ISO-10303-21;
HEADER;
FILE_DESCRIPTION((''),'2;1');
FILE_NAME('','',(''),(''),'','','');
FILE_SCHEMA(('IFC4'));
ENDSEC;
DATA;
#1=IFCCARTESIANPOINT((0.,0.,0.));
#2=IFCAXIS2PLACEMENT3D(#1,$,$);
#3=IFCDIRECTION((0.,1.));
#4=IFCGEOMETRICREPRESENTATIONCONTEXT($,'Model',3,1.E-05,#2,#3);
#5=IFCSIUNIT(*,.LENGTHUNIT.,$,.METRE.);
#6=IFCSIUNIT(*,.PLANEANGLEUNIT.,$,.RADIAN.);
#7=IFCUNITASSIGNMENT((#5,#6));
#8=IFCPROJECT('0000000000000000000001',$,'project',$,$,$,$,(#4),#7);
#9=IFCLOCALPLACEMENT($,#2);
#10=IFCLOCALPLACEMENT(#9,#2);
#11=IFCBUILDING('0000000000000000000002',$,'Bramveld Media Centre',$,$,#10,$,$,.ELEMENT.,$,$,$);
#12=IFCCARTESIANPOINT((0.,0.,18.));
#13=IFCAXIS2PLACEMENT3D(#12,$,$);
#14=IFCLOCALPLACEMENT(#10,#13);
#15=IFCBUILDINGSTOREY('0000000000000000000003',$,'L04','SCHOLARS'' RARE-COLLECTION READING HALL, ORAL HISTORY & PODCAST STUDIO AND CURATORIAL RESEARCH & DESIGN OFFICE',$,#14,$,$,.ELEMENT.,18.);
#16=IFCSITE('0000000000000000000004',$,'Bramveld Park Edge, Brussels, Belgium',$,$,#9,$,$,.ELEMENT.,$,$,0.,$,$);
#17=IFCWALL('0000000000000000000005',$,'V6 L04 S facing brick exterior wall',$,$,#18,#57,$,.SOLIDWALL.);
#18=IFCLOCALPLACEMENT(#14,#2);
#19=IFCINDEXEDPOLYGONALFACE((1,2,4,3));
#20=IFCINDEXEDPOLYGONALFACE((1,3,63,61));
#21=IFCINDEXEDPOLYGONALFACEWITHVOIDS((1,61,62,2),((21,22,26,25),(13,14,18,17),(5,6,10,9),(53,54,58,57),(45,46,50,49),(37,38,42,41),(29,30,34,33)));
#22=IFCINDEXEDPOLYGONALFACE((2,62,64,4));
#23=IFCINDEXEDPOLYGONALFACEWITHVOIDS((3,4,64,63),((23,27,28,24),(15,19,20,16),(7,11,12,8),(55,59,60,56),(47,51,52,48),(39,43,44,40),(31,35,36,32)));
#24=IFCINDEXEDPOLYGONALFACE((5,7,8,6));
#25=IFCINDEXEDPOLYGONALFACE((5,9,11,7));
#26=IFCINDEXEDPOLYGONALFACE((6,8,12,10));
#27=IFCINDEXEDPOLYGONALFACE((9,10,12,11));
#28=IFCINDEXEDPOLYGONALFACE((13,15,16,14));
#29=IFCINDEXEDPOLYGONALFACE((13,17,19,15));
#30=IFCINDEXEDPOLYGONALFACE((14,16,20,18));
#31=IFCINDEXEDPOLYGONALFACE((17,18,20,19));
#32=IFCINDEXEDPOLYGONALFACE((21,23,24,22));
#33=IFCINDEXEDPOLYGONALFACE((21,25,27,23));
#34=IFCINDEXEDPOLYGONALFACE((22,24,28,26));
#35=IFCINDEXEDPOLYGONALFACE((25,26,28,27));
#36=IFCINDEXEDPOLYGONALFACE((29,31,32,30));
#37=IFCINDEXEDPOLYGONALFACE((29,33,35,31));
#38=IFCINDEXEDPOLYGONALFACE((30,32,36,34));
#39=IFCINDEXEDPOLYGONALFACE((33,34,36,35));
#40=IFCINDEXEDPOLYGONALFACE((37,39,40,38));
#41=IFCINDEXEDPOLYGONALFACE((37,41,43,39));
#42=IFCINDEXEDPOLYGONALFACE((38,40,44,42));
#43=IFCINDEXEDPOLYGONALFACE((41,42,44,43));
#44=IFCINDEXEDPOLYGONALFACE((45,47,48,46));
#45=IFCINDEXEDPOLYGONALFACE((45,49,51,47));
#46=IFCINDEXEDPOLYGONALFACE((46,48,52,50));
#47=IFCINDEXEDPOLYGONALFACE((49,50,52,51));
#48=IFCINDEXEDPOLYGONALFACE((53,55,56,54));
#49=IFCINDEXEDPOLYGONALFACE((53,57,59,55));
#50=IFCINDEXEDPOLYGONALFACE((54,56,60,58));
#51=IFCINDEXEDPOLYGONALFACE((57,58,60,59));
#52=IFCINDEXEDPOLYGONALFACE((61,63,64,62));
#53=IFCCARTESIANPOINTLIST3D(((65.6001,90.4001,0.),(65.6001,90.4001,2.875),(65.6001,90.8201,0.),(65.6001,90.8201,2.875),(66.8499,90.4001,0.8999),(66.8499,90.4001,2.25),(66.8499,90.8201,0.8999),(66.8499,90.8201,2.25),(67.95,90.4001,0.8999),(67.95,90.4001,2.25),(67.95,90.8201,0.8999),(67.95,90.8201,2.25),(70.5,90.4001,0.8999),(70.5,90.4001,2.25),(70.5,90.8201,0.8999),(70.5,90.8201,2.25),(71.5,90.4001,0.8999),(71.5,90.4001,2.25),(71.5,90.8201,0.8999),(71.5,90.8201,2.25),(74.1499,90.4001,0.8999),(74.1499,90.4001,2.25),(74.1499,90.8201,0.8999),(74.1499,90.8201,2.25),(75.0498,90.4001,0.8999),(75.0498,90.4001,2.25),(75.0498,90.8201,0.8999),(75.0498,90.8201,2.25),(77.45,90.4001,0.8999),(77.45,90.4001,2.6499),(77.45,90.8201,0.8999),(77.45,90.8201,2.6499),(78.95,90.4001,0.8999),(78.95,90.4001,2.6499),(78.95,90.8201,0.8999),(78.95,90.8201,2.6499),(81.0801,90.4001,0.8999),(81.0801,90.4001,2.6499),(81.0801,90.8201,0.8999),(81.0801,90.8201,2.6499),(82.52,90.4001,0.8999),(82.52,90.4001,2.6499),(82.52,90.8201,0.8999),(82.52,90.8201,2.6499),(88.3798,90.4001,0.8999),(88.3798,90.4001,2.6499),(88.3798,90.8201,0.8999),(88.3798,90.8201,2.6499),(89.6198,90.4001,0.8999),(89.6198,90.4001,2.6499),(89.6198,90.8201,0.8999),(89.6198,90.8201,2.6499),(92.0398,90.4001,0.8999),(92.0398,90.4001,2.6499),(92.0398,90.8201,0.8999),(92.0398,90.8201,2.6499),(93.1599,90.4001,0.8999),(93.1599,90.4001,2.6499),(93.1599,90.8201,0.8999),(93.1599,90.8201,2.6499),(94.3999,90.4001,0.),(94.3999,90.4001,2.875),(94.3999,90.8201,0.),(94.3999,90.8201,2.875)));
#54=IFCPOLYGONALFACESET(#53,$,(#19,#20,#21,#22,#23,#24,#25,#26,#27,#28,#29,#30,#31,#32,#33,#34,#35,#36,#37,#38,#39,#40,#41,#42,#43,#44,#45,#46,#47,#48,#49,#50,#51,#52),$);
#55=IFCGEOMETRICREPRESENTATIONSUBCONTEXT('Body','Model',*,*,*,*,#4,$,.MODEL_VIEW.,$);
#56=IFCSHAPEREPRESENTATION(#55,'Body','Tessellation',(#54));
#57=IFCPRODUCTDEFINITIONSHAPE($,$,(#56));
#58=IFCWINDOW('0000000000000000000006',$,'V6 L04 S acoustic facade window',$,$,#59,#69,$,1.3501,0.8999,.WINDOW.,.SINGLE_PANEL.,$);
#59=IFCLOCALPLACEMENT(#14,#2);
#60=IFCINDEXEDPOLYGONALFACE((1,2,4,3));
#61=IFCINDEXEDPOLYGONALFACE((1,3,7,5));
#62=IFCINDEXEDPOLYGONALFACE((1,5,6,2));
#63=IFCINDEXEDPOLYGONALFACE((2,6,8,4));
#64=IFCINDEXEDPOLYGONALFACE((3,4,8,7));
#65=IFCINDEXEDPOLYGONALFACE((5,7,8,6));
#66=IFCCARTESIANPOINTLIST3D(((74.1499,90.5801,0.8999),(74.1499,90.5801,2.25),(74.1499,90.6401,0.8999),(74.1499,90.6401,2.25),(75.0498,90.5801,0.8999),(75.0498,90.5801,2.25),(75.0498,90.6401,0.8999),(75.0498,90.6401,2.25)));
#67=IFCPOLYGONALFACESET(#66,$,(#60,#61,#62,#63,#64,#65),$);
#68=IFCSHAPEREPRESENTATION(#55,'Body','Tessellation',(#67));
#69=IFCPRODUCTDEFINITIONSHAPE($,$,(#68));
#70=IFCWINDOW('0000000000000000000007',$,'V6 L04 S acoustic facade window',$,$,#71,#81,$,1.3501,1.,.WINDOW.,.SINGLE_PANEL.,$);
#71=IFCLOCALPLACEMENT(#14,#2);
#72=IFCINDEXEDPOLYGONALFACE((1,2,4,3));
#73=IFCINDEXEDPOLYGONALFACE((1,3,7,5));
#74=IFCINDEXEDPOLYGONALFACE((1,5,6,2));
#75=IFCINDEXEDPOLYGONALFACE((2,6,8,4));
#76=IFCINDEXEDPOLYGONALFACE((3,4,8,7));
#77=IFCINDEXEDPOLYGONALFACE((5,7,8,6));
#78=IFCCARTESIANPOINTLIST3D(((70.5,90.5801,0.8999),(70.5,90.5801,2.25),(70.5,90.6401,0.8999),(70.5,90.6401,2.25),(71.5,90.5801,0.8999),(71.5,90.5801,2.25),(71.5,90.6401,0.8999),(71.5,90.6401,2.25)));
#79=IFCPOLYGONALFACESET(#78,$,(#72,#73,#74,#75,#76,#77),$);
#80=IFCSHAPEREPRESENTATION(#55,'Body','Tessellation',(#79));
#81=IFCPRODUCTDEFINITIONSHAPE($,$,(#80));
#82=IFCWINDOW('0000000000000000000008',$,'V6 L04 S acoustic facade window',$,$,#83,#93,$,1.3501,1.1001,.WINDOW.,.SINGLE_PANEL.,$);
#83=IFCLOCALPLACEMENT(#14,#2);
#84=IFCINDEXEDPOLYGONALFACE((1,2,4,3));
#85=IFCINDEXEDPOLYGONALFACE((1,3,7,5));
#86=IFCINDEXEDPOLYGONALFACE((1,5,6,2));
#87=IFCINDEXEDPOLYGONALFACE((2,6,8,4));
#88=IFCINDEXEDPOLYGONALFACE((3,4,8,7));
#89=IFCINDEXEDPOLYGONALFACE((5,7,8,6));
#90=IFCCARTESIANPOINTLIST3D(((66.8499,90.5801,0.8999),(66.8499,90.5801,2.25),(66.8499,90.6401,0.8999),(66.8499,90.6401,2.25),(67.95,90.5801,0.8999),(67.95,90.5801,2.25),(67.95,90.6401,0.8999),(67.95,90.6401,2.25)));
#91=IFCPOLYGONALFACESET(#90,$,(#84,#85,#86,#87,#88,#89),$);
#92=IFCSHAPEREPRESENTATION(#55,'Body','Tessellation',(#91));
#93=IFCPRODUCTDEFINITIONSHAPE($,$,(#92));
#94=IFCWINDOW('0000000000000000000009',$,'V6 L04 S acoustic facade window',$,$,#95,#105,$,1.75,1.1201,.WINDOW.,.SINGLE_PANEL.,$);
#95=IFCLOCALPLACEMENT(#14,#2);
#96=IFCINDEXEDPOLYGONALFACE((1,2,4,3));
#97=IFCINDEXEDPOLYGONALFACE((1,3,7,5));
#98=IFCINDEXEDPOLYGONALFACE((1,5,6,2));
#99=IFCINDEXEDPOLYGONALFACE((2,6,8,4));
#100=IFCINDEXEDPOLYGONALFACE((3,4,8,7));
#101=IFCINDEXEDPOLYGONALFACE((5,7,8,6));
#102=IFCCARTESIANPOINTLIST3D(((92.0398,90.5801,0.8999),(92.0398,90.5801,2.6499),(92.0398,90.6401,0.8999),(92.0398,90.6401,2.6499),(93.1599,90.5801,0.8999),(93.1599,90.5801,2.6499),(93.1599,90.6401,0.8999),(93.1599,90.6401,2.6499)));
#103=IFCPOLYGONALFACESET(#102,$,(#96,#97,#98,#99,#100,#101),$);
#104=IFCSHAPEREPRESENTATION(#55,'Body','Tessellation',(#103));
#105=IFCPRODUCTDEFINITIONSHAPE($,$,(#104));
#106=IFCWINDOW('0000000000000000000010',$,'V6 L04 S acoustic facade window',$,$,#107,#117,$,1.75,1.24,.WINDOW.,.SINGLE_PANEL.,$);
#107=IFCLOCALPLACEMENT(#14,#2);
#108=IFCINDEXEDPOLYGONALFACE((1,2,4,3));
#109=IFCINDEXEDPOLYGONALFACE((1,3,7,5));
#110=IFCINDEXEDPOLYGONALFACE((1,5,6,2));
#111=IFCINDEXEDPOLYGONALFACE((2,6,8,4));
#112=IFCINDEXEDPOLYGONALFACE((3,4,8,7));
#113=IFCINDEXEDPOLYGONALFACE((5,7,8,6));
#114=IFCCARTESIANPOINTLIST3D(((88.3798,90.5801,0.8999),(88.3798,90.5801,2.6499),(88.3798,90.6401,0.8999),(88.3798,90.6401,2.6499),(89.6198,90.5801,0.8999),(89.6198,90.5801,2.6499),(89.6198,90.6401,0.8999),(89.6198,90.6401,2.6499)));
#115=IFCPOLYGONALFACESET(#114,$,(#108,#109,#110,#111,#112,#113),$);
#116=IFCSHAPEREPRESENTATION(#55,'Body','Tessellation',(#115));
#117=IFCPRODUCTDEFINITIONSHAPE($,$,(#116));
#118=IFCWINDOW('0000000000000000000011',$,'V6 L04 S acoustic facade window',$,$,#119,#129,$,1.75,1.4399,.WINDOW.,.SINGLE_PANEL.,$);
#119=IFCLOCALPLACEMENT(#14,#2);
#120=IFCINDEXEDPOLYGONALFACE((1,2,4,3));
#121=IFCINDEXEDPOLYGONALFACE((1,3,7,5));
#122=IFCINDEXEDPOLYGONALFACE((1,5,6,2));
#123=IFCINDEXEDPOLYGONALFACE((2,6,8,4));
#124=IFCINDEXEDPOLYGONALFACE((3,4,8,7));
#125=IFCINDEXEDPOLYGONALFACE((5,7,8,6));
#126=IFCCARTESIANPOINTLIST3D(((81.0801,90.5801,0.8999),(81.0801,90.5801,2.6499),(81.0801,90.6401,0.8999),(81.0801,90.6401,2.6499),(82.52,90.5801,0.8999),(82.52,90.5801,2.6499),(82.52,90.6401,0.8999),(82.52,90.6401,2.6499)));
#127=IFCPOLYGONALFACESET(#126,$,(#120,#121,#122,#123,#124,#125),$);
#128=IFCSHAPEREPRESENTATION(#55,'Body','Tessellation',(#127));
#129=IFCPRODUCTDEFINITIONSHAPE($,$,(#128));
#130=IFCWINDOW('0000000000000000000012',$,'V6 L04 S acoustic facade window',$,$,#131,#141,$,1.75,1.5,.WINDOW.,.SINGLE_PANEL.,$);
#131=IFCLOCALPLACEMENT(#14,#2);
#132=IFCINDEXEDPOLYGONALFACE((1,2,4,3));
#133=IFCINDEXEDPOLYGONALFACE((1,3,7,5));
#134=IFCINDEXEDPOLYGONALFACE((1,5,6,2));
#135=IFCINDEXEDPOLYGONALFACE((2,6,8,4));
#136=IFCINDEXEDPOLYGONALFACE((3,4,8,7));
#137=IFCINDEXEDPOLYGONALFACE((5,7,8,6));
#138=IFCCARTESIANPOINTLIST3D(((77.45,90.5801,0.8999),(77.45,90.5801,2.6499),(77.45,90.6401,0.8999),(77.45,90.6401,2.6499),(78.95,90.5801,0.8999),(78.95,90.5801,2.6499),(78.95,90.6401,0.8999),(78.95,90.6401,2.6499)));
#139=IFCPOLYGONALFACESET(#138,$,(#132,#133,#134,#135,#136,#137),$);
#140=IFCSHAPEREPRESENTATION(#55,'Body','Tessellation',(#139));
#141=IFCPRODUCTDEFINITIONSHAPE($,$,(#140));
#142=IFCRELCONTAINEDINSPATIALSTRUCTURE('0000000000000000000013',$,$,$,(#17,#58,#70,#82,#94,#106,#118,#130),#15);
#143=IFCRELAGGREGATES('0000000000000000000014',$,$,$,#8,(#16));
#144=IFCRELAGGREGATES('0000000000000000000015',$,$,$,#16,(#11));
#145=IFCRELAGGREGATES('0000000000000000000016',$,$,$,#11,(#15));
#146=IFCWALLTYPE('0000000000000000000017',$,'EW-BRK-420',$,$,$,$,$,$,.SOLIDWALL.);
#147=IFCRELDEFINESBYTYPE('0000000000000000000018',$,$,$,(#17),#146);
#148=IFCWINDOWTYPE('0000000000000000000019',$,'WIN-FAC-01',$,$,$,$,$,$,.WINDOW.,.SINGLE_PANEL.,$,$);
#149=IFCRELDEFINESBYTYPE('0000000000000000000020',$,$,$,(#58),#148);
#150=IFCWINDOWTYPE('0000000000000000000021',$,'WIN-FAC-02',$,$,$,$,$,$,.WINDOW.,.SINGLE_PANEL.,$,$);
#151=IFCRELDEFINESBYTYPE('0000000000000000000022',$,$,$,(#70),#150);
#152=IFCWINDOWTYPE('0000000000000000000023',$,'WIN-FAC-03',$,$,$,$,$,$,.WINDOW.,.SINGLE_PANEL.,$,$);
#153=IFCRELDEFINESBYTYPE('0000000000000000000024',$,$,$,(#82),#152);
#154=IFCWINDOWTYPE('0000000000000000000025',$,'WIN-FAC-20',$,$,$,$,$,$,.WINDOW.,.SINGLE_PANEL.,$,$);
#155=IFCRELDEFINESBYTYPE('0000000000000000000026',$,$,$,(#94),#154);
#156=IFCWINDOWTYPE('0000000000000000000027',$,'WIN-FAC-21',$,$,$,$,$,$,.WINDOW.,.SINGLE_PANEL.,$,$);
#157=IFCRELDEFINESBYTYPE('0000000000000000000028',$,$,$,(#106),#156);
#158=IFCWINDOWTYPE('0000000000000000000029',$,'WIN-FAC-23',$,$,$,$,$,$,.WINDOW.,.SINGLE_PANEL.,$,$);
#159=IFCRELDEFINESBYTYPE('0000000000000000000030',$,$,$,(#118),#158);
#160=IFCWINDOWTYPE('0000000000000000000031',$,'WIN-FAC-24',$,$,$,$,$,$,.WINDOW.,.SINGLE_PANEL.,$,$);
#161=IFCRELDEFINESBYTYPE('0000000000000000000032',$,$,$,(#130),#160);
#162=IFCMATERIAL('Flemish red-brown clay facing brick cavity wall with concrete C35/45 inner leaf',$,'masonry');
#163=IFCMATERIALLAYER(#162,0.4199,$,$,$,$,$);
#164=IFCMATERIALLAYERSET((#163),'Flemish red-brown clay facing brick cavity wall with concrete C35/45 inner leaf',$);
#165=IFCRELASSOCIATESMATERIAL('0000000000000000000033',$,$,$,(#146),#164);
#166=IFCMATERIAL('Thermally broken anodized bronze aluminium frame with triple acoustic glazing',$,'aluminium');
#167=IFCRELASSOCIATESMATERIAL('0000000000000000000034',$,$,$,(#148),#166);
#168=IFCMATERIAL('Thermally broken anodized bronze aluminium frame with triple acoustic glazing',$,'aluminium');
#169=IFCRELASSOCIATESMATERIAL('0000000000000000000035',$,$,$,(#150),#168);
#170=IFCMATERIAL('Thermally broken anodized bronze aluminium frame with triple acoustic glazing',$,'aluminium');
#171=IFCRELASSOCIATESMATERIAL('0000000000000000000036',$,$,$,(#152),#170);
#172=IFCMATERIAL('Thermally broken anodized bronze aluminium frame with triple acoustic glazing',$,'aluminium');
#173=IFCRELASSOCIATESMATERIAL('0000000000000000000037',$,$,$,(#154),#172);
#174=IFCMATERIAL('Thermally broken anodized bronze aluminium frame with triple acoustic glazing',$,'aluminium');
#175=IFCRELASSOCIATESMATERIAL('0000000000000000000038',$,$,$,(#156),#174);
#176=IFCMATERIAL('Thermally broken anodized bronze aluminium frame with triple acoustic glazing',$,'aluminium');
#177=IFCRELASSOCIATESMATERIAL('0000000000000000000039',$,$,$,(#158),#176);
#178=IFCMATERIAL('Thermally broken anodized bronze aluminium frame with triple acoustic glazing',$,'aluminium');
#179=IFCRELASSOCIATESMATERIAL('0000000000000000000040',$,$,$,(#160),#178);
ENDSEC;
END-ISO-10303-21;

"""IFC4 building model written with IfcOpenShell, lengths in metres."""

from ifc_helpers import new_model, si_unit, direction, frame, frame_2d, origin, place, context, subcontext, project, spatial, rectangle, extrude, material, layer, layer_set, type_object, element, fill, save


model = new_model("IFC4")

# Units and contexts
model_context = context("Model", 3, precision=1e-05, world=origin(), true_north=direction((0.0, 1.0)))
body_context = subcontext(model_context, "Body", "Model", "MODEL_VIEW")
ifc_project = project(units=[si_unit("LENGTHUNIT", "METRE"), si_unit("PLANEANGLEUNIT", "RADIAN")], contexts=[model_context])

# Site, building, storey
site_placement = place(None, origin())
site = spatial("IfcSite", under=ifc_project, at=site_placement, Name="Bramveld Park Edge, Brussels, Belgium", CompositionType="ELEMENT", RefElevation=0.0)
building_placement = place(site_placement, origin())
building = spatial("IfcBuilding", under=site, at=building_placement, Name="Bramveld Media Centre", CompositionType="ELEMENT")
storey_placement = place(building_placement, frame((0.0, 0.0, 18.0)))
storey = spatial("IfcBuildingStorey", under=building, at=storey_placement, Name="L04", Description="SCHOLARS' RARE-COLLECTION READING HALL, ORAL HISTORY & PODCAST STUDIO AND CURATORIAL RESEARCH & DESIGN OFFICE", CompositionType="ELEMENT", Elevation=18.0)

# Wall, openings, windows
ifc_material_1 = material(Name="Flemish red-brown clay facing brick cavity wall with concrete C35/45 inner leaf", Category="masonry")
ifc_layer_1 = layer(ifc_material_1, 0.4199)
ifc_layer_set_1 = layer_set([ifc_layer_1], Name="Flemish red-brown clay facing brick cavity wall with concrete C35/45 inner leaf")
wall_type_1 = type_object("IfcWallType", Name="EW-BRK-420", PredefinedType="SOLIDWALL", material=ifc_layer_set_1)
wall_1_placement = place(storey_placement, frame((94.3999, 90.6101, 0.0), z_axis=(0.0, 0.0, 1.0), x_axis=(-1.0, 0.0, 0.0)))
wall_1 = element("IfcWall", 1, at=wall_1_placement, inside=storey, type_object=wall_type_1, Name="V6 L04 S facing brick exterior wall", PredefinedType="SOLIDWALL", context=body_context, shape_type="SweptSolid", body=[
    extrude(rectangle(XDim=28.7998, YDim=0.4199, at=frame_2d((14.3999, 0.0))), origin(), (0.0, 0.0, 1.0), 2.875),
])
opening_1_placement = place(wall_1_placement, frame((1.24, 0.0, 0.8999)))
opening_1 = element("IfcOpeningElement", 2, at=opening_1_placement, cuts=wall_1, PredefinedType="OPENING", context=body_context, shape_type="SweptSolid", body=[
    extrude(rectangle(XDim=1.1201, YDim=1.75, at=frame_2d((0.5601, 0.875))), frame((0.0, 0.2219, 0.0), z_axis=(0.0, -1.0, 0.0), x_axis=(1.0, 0.0, 0.0)), (0.0, 0.0, 1.0), 0.4438),
])
opening_2_placement = place(wall_1_placement, frame((4.78, 0.0, 0.8999)))
opening_2 = element("IfcOpeningElement", 3, at=opening_2_placement, cuts=wall_1, PredefinedType="OPENING", context=body_context, shape_type="SweptSolid", body=[
    extrude(rectangle(XDim=1.24, YDim=1.75, at=frame_2d((0.6201, 0.875))), frame((0.0, 0.2219, 0.0), z_axis=(0.0, -1.0, 0.0), x_axis=(1.0, 0.0, 0.0)), (0.0, 0.0, 1.0), 0.4438),
])
opening_3_placement = place(wall_1_placement, frame((11.8799, 0.0, 0.8999)))
opening_3 = element("IfcOpeningElement", 4, at=opening_3_placement, cuts=wall_1, PredefinedType="OPENING", context=body_context, shape_type="SweptSolid", body=[
    extrude(rectangle(XDim=1.4399, YDim=1.75, at=frame_2d((0.72, 0.875))), frame((0.0, 0.2219, 0.0), z_axis=(0.0, -1.0, 0.0), x_axis=(1.0, 0.0, 0.0)), (0.0, 0.0, 1.0), 0.4438),
])
opening_4_placement = place(wall_1_placement, frame((15.45, 0.0, 0.8999)))
opening_4 = element("IfcOpeningElement", 5, at=opening_4_placement, cuts=wall_1, PredefinedType="OPENING", context=body_context, shape_type="SweptSolid", body=[
    extrude(rectangle(XDim=1.5, YDim=1.75, at=frame_2d((0.75, 0.875))), frame((0.0, 0.2219, 0.0), z_axis=(0.0, -1.0, 0.0), x_axis=(1.0, 0.0, 0.0)), (0.0, 0.0, 1.0), 0.4438),
])
opening_5_placement = place(wall_1_placement, frame((19.3501, 0.0, 0.8999)))
opening_5 = element("IfcOpeningElement", 6, at=opening_5_placement, cuts=wall_1, PredefinedType="OPENING", context=body_context, shape_type="SweptSolid", body=[
    extrude(rectangle(XDim=0.8999, YDim=1.3501, at=frame_2d((0.45, 0.675))), frame((0.0, 0.2219, 0.0), z_axis=(0.0, -1.0, 0.0), x_axis=(1.0, 0.0, 0.0)), (0.0, 0.0, 1.0), 0.4438),
])
opening_6_placement = place(wall_1_placement, frame((22.8999, 0.0, 0.8999)))
opening_6 = element("IfcOpeningElement", 7, at=opening_6_placement, cuts=wall_1, PredefinedType="OPENING", context=body_context, shape_type="SweptSolid", body=[
    extrude(rectangle(XDim=1.0, YDim=1.3501, at=frame_2d((0.5, 0.675))), frame((0.0, 0.2219, 0.0), z_axis=(0.0, -1.0, 0.0), x_axis=(1.0, 0.0, 0.0)), (0.0, 0.0, 1.0), 0.4438),
])
opening_7_placement = place(wall_1_placement, frame((26.45, 0.0, 0.8999)))
opening_7 = element("IfcOpeningElement", 8, at=opening_7_placement, cuts=wall_1, PredefinedType="OPENING", context=body_context, shape_type="SweptSolid", body=[
    extrude(rectangle(XDim=1.1001, YDim=1.3501, at=frame_2d((0.55, 0.675))), frame((0.0, 0.2219, 0.0), z_axis=(0.0, -1.0, 0.0), x_axis=(1.0, 0.0, 0.0)), (0.0, 0.0, 1.0), 0.4438),
])
ifc_material_2 = material(Name="Thermally broken anodized bronze aluminium frame with triple acoustic glazing", Category="aluminium")
window_type_1 = type_object("IfcWindowType", Name="WIN-FAC-01", PartitioningType="SINGLE_PANEL", PredefinedType="WINDOW", material=ifc_material_2)
window_1_placement = place(opening_5_placement, origin())
window_1 = element("IfcWindow", 9, at=window_1_placement, inside=storey, type_object=window_type_1, Name="V6 L04 S acoustic facade window", OverallHeight=1.3501, OverallWidth=0.8999, PartitioningType="SINGLE_PANEL", PredefinedType="WINDOW", context=body_context, shape_type="SweptSolid", body=[
    extrude(rectangle(XDim=0.8999, YDim=1.3501, at=frame_2d((0.45, 0.675))), frame((0.0, 0.03, 0.0), z_axis=(0.0, -1.0, 0.0), x_axis=(1.0, 0.0, 0.0)), (0.0, 0.0, 1.0), 0.0601),
])
fill(opening_5, window_1)
ifc_material_3 = material(Name="Thermally broken anodized bronze aluminium frame with triple acoustic glazing", Category="aluminium")
window_type_2 = type_object("IfcWindowType", Name="WIN-FAC-02", PartitioningType="SINGLE_PANEL", PredefinedType="WINDOW", material=ifc_material_3)
window_2_placement = place(opening_6_placement, origin())
window_2 = element("IfcWindow", 10, at=window_2_placement, inside=storey, type_object=window_type_2, Name="V6 L04 S acoustic facade window", OverallHeight=1.3501, OverallWidth=1.0, PartitioningType="SINGLE_PANEL", PredefinedType="WINDOW", context=body_context, shape_type="SweptSolid", body=[
    extrude(rectangle(XDim=1.0, YDim=1.3501, at=frame_2d((0.5, 0.675))), frame((0.0, 0.03, 0.0), z_axis=(0.0, -1.0, 0.0), x_axis=(1.0, 0.0, 0.0)), (0.0, 0.0, 1.0), 0.0601),
])
fill(opening_6, window_2)
ifc_material_4 = material(Name="Thermally broken anodized bronze aluminium frame with triple acoustic glazing", Category="aluminium")
window_type_3 = type_object("IfcWindowType", Name="WIN-FAC-03", PartitioningType="SINGLE_PANEL", PredefinedType="WINDOW", material=ifc_material_4)
window_3_placement = place(opening_7_placement, origin())
window_3 = element("IfcWindow", 11, at=window_3_placement, inside=storey, type_object=window_type_3, Name="V6 L04 S acoustic facade window", OverallHeight=1.3501, OverallWidth=1.1001, PartitioningType="SINGLE_PANEL", PredefinedType="WINDOW", context=body_context, shape_type="SweptSolid", body=[
    extrude(rectangle(XDim=1.1001, YDim=1.3501, at=frame_2d((0.55, 0.675))), frame((0.0, 0.03, 0.0), z_axis=(0.0, -1.0, 0.0), x_axis=(1.0, 0.0, 0.0)), (0.0, 0.0, 1.0), 0.0601),
])
fill(opening_7, window_3)
ifc_material_5 = material(Name="Thermally broken anodized bronze aluminium frame with triple acoustic glazing", Category="aluminium")
window_type_4 = type_object("IfcWindowType", Name="WIN-FAC-20", PartitioningType="SINGLE_PANEL", PredefinedType="WINDOW", material=ifc_material_5)
window_4_placement = place(opening_1_placement, origin())
window_4 = element("IfcWindow", 12, at=window_4_placement, inside=storey, type_object=window_type_4, Name="V6 L04 S acoustic facade window", OverallHeight=1.75, OverallWidth=1.1201, PartitioningType="SINGLE_PANEL", PredefinedType="WINDOW", context=body_context, shape_type="SweptSolid", body=[
    extrude(rectangle(XDim=1.1201, YDim=1.75, at=frame_2d((0.5601, 0.875))), frame((0.0, 0.03, 0.0), z_axis=(0.0, -1.0, 0.0), x_axis=(1.0, 0.0, 0.0)), (0.0, 0.0, 1.0), 0.0601),
])
fill(opening_1, window_4)
ifc_material_6 = material(Name="Thermally broken anodized bronze aluminium frame with triple acoustic glazing", Category="aluminium")
window_type_5 = type_object("IfcWindowType", Name="WIN-FAC-21", PartitioningType="SINGLE_PANEL", PredefinedType="WINDOW", material=ifc_material_6)
window_5_placement = place(opening_2_placement, origin())
window_5 = element("IfcWindow", 13, at=window_5_placement, inside=storey, type_object=window_type_5, Name="V6 L04 S acoustic facade window", OverallHeight=1.75, OverallWidth=1.24, PartitioningType="SINGLE_PANEL", PredefinedType="WINDOW", context=body_context, shape_type="SweptSolid", body=[
    extrude(rectangle(XDim=1.24, YDim=1.75, at=frame_2d((0.6201, 0.875))), frame((0.0, 0.03, 0.0), z_axis=(0.0, -1.0, 0.0), x_axis=(1.0, 0.0, 0.0)), (0.0, 0.0, 1.0), 0.0601),
])
fill(opening_2, window_5)
ifc_material_7 = material(Name="Thermally broken anodized bronze aluminium frame with triple acoustic glazing", Category="aluminium")
window_type_6 = type_object("IfcWindowType", Name="WIN-FAC-23", PartitioningType="SINGLE_PANEL", PredefinedType="WINDOW", material=ifc_material_7)
window_6_placement = place(opening_3_placement, origin())
window_6 = element("IfcWindow", 14, at=window_6_placement, inside=storey, type_object=window_type_6, Name="V6 L04 S acoustic facade window", OverallHeight=1.75, OverallWidth=1.4399, PartitioningType="SINGLE_PANEL", PredefinedType="WINDOW", context=body_context, shape_type="SweptSolid", body=[
    extrude(rectangle(XDim=1.4399, YDim=1.75, at=frame_2d((0.72, 0.875))), frame((0.0, 0.03, 0.0), z_axis=(0.0, -1.0, 0.0), x_axis=(1.0, 0.0, 0.0)), (0.0, 0.0, 1.0), 0.0601),
])
fill(opening_3, window_6)
ifc_material_8 = material(Name="Thermally broken anodized bronze aluminium frame with triple acoustic glazing", Category="aluminium")
window_type_7 = type_object("IfcWindowType", Name="WIN-FAC-24", PartitioningType="SINGLE_PANEL", PredefinedType="WINDOW", material=ifc_material_8)
window_7_placement = place(opening_4_placement, origin())
window_7 = element("IfcWindow", 15, at=window_7_placement, inside=storey, type_object=window_type_7, Name="V6 L04 S acoustic facade window", OverallHeight=1.75, OverallWidth=1.5, PartitioningType="SINGLE_PANEL", PredefinedType="WINDOW", context=body_context, shape_type="SweptSolid", body=[
    extrude(rectangle(XDim=1.5, YDim=1.75, at=frame_2d((0.75, 0.875))), frame((0.0, 0.03, 0.0), z_axis=(0.0, -1.0, 0.0), x_axis=(1.0, 0.0, 0.0)), (0.0, 0.0, 1.0), 0.0601),
])
fill(opening_4, window_7)

save(model, "model.ifc")
